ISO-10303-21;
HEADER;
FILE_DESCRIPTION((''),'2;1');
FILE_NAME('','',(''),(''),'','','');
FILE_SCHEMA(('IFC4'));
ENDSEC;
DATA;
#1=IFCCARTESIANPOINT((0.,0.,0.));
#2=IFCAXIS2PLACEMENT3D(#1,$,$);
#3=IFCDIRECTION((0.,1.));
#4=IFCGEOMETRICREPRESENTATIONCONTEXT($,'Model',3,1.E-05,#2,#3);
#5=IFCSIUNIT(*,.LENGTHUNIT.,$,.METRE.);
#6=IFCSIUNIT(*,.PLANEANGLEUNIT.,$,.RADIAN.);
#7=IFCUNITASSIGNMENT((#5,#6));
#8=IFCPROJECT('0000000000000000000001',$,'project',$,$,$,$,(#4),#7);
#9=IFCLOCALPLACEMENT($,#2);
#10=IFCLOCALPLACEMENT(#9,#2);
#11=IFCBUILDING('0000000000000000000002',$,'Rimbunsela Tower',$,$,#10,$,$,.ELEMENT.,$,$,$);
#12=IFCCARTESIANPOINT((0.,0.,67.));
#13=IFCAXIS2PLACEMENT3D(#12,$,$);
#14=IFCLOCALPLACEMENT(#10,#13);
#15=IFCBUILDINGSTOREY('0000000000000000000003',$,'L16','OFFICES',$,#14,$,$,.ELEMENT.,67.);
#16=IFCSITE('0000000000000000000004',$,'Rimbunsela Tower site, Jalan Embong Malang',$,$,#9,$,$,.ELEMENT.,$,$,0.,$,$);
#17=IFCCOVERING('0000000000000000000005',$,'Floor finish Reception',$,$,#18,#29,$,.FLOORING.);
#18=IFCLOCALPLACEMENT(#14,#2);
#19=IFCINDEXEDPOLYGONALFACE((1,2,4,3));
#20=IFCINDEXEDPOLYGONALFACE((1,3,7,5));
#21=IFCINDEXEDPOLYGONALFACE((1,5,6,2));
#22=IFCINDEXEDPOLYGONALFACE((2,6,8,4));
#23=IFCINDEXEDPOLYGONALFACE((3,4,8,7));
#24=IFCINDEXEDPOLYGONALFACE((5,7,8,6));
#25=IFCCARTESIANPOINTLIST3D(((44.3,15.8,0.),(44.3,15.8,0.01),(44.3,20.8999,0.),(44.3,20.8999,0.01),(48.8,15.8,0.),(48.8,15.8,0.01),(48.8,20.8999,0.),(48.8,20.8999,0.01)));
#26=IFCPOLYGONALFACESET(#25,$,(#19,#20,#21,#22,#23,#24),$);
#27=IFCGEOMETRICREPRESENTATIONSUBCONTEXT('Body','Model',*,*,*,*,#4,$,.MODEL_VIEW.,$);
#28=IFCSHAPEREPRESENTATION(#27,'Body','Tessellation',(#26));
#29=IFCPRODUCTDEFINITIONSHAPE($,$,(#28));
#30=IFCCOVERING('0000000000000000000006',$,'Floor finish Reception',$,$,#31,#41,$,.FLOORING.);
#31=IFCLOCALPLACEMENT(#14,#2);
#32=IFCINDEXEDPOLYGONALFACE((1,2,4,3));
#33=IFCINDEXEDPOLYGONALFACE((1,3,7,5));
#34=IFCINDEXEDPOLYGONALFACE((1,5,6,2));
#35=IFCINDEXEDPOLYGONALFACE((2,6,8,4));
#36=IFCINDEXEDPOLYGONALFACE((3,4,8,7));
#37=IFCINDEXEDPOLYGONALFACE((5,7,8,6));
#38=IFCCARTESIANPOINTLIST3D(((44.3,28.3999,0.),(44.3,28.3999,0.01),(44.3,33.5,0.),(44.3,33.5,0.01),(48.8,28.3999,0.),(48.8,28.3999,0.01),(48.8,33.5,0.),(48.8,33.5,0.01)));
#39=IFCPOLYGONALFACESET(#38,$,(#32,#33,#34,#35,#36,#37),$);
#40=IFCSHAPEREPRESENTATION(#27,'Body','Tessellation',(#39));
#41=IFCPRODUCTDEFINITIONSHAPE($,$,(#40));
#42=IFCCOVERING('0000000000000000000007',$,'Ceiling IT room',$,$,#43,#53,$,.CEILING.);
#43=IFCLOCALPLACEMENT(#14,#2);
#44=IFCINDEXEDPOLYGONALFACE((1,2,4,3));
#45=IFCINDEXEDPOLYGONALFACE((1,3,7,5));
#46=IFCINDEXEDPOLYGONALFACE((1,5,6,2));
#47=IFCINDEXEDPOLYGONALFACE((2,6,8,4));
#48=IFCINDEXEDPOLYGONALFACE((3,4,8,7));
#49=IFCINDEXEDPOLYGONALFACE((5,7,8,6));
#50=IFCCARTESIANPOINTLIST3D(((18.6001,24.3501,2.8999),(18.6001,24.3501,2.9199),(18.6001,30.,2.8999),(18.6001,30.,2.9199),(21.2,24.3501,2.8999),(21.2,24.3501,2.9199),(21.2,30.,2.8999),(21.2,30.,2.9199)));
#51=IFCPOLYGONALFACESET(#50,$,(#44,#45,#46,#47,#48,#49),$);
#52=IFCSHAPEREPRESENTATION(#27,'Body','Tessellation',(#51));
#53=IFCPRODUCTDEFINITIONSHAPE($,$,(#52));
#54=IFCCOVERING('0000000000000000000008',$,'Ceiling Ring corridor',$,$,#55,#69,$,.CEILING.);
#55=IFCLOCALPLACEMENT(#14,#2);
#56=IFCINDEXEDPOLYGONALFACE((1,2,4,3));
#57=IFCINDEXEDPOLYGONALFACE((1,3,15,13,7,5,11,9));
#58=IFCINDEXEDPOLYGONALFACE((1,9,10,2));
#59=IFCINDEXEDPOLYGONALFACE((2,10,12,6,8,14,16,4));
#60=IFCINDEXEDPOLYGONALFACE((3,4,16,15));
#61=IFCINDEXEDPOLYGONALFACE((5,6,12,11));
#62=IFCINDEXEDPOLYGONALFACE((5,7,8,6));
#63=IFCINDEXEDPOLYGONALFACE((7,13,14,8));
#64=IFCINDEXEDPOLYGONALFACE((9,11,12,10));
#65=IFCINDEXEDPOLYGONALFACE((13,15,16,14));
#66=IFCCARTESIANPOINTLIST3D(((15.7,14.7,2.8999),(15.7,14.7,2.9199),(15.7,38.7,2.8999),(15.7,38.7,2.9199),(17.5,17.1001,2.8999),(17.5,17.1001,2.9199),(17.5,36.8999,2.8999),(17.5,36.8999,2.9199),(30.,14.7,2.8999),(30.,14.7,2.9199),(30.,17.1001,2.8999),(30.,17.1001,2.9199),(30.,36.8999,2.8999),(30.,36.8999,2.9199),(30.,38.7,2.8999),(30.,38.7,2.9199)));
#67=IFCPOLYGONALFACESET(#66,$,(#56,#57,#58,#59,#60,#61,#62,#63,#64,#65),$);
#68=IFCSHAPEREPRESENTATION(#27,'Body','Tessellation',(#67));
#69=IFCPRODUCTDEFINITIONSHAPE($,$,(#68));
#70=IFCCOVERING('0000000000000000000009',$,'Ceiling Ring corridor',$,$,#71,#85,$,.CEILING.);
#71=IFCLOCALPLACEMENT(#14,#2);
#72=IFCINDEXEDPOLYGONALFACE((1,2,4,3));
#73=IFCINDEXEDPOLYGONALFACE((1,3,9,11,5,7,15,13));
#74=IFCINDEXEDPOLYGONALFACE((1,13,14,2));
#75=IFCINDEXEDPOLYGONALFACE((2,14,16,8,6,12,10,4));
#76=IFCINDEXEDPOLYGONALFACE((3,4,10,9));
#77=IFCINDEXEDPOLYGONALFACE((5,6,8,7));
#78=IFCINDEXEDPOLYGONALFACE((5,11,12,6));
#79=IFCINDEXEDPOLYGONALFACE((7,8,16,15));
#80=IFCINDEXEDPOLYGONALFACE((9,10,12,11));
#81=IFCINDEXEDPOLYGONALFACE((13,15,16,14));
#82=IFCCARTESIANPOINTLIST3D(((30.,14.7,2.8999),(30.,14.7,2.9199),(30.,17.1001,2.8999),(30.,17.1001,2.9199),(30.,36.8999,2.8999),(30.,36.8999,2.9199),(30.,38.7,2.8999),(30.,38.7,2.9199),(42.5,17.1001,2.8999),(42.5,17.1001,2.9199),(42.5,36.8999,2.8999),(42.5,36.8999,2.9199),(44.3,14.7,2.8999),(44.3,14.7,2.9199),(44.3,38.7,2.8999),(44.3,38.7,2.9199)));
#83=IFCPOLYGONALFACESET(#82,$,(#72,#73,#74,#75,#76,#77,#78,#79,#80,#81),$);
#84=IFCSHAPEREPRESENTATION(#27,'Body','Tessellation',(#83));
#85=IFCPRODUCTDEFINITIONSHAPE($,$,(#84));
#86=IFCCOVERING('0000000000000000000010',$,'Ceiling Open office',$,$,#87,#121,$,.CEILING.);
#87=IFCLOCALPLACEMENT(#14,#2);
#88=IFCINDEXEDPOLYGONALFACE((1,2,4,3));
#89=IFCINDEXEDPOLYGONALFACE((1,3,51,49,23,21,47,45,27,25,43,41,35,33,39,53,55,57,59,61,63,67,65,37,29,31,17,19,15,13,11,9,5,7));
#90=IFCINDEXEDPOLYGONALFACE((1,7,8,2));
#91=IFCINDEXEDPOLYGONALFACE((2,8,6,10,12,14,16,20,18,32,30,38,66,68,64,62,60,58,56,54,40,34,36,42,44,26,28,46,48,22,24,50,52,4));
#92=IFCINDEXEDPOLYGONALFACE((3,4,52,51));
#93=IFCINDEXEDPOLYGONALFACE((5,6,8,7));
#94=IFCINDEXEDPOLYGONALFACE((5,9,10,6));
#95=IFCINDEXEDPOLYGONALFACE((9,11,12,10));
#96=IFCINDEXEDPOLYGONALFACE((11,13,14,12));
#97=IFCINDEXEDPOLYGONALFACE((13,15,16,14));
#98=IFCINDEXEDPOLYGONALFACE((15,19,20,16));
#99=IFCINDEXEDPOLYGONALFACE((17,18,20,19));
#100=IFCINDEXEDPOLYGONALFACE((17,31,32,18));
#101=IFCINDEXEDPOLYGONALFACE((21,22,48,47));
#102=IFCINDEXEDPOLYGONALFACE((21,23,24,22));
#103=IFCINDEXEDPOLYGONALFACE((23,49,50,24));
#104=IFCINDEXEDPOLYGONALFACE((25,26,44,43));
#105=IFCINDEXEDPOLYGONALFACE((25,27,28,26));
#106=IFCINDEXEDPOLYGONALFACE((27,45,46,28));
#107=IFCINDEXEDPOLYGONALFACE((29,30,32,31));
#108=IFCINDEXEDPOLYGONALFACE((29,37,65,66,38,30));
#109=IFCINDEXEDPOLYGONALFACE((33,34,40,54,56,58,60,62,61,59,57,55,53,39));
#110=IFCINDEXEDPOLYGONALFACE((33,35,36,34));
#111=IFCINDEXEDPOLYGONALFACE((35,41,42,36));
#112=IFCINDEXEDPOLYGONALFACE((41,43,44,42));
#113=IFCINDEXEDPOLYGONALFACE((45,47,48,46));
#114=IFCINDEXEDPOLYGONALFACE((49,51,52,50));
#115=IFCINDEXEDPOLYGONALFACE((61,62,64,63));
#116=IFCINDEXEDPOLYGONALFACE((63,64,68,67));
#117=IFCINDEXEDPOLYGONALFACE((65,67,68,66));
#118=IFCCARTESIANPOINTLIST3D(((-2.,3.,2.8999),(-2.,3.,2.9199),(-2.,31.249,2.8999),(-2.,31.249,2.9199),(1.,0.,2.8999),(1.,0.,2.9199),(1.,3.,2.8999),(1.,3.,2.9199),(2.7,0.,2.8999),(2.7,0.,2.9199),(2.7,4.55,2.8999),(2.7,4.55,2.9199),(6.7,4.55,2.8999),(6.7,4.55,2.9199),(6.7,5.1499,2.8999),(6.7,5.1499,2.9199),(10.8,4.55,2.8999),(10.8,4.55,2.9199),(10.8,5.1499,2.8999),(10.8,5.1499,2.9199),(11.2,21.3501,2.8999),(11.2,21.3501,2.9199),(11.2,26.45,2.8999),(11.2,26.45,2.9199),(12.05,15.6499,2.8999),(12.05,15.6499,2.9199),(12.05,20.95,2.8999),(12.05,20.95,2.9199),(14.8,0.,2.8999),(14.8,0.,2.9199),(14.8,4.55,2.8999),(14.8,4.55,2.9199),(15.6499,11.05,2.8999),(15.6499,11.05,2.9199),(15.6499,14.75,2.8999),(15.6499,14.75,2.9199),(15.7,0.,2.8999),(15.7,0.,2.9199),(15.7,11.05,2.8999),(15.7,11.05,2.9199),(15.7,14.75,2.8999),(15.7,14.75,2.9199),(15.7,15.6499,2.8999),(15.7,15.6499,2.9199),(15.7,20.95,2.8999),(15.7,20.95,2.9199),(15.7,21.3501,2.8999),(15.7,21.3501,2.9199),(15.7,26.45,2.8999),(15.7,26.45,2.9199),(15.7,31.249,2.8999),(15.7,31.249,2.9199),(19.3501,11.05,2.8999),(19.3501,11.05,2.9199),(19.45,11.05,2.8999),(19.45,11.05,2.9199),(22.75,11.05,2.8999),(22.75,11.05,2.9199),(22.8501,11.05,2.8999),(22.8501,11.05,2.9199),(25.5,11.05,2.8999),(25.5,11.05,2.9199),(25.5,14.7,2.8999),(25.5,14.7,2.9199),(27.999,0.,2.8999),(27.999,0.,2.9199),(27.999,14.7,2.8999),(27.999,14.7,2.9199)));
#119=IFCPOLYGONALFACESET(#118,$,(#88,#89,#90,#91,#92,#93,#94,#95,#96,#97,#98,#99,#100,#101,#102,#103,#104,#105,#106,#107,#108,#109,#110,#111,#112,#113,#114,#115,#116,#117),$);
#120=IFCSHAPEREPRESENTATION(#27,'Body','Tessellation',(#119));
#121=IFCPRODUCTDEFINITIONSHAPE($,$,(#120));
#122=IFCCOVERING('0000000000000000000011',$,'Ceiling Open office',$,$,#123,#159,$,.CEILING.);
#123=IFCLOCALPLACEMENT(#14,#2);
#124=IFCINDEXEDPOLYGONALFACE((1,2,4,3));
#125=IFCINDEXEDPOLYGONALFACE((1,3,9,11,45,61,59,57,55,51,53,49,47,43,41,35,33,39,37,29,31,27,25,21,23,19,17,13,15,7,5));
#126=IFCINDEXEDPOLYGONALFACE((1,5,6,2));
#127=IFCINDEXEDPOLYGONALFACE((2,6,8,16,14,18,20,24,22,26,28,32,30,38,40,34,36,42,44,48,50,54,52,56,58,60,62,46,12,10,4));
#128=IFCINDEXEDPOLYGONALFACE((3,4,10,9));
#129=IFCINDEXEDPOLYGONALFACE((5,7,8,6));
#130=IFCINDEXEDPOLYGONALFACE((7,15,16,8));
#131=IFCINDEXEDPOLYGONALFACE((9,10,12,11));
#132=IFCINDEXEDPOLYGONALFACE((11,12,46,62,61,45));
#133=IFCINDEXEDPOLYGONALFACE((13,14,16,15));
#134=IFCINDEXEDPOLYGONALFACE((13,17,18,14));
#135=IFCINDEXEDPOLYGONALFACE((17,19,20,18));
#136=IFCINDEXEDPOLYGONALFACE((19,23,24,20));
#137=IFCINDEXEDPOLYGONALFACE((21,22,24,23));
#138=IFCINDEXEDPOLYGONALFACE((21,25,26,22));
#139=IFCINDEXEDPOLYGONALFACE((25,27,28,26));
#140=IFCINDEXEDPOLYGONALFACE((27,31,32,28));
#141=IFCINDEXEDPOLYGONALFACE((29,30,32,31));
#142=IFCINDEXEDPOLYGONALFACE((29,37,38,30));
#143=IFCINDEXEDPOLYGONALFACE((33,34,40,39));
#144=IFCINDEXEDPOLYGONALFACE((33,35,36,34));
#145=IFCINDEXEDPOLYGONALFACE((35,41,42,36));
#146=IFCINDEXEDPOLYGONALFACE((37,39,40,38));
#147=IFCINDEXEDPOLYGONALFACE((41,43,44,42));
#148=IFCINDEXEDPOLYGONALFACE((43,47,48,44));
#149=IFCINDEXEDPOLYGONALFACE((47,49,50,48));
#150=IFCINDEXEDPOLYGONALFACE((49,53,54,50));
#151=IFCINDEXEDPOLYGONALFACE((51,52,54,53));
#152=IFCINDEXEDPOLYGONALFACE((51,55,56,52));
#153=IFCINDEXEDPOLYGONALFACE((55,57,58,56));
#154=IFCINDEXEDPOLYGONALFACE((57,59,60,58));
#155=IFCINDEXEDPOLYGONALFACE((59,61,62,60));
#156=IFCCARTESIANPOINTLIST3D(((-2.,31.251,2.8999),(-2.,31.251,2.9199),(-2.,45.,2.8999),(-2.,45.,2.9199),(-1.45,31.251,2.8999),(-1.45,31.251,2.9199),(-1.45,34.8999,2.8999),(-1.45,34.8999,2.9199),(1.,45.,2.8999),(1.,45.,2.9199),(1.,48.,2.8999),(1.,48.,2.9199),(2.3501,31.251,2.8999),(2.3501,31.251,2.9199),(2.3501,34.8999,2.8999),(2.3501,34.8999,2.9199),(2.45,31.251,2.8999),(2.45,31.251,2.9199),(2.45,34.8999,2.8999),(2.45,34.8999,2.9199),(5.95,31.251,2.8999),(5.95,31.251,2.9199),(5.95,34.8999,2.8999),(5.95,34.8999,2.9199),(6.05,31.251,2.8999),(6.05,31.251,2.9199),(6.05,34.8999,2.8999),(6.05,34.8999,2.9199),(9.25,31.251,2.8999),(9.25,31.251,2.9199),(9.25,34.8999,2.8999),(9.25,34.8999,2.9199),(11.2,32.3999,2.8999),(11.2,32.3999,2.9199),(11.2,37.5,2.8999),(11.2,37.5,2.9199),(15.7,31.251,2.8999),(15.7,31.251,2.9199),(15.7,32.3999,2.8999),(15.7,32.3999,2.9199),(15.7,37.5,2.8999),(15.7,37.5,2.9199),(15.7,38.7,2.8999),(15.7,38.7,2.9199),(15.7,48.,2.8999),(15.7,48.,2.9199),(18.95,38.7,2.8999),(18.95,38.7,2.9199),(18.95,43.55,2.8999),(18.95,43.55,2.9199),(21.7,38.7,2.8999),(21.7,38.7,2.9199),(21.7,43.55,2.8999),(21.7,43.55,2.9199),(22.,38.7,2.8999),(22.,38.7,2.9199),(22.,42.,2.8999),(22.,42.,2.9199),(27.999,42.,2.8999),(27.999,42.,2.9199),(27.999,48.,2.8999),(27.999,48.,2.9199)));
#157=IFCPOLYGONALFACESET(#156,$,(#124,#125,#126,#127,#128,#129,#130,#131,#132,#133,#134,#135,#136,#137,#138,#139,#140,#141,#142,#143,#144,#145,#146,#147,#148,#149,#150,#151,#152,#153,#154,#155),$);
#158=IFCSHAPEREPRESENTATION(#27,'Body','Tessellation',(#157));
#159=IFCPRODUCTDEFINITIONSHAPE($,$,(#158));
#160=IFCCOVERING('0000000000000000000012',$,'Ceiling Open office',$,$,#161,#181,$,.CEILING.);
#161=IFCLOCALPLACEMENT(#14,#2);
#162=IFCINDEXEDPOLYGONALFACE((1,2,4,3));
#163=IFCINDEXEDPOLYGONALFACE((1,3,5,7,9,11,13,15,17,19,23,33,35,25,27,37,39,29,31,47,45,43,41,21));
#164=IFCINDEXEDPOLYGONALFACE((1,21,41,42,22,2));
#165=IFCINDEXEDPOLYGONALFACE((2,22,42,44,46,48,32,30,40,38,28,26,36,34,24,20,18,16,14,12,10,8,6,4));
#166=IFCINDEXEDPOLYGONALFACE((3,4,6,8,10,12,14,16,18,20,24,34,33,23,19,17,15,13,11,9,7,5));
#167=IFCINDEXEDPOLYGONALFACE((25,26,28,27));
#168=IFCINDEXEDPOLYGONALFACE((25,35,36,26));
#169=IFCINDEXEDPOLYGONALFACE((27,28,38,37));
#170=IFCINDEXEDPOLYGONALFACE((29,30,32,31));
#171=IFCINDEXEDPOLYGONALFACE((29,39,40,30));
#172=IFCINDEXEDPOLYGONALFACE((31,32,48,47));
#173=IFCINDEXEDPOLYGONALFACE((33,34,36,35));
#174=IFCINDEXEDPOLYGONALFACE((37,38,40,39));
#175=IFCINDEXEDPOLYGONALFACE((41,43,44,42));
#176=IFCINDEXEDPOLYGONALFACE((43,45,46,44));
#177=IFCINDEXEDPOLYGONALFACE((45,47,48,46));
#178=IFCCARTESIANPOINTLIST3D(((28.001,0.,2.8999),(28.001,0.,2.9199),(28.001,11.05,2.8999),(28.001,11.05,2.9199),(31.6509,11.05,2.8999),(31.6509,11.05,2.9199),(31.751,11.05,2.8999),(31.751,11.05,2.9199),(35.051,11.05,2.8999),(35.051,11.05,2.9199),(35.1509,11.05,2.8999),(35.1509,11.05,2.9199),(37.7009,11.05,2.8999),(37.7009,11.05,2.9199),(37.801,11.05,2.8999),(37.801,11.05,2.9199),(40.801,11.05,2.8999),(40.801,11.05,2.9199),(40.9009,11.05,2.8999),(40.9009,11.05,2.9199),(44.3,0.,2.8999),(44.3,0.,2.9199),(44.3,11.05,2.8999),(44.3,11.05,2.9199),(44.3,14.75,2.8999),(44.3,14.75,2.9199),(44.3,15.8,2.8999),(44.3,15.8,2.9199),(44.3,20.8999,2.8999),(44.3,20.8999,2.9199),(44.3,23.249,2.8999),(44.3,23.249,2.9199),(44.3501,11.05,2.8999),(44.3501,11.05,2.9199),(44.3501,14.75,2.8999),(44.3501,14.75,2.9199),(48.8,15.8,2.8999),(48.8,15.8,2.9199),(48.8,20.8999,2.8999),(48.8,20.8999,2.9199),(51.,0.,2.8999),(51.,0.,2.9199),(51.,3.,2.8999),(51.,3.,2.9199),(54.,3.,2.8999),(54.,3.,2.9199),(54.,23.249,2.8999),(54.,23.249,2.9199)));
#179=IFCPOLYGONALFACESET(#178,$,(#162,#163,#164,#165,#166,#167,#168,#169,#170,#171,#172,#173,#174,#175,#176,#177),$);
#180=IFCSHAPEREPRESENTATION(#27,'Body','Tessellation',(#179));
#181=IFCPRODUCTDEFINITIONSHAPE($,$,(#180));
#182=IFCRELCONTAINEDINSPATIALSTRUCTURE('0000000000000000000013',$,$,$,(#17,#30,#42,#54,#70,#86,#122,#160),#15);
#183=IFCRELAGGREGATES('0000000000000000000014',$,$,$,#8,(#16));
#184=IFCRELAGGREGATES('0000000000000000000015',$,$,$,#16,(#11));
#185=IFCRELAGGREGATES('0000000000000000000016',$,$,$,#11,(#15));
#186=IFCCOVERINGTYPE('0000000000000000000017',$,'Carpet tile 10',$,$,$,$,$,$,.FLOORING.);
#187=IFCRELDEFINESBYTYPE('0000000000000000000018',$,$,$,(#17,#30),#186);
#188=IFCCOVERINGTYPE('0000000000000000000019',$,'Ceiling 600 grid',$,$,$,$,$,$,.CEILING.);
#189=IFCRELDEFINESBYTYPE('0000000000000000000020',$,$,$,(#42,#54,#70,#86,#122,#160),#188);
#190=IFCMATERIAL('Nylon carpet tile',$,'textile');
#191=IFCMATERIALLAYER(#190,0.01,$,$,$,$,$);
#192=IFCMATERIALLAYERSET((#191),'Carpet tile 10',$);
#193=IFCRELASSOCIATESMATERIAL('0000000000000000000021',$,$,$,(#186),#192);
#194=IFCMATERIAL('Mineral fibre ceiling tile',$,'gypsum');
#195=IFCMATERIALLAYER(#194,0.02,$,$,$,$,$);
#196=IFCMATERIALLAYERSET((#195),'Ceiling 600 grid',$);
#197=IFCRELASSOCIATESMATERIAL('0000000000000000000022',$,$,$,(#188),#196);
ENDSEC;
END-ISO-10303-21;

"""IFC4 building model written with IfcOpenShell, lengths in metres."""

from ifc_helpers import new_model, si_unit, direction, frame, origin, place, context, subcontext, project, spatial, polyline, outline, extrude, material, layer, layer_set, type_object, element, save


model = new_model("IFC4")

# Units and contexts
model_context = context("Model", 3, precision=1e-05, world=origin(), true_north=direction((0.0, 1.0)))
body_context = subcontext(model_context, "Body", "Model", "MODEL_VIEW")
ifc_project = project(units=[si_unit("LENGTHUNIT", "METRE"), si_unit("PLANEANGLEUNIT", "RADIAN")], contexts=[model_context])

# Site, building, storey
site_placement = place(None, origin())
site = spatial("IfcSite", under=ifc_project, at=site_placement, Name="Rimbunsela Tower site, Jalan Embong Malang", CompositionType="ELEMENT", RefElevation=0.0)
building_placement = place(site_placement, origin())
building = spatial("IfcBuilding", under=site, at=building_placement, Name="Rimbunsela Tower", CompositionType="ELEMENT")
storey_placement = place(building_placement, frame((0.0, 0.0, 67.0)))
storey = spatial("IfcBuildingStorey", under=building, at=storey_placement, Name="L16", Description="OFFICES", CompositionType="ELEMENT", Elevation=67.0)

# Coverings
ifc_material_1 = material(Name="Nylon carpet tile", Category="textile")
ifc_layer_1 = layer(ifc_material_1, 0.01)
ifc_layer_set_1 = layer_set([ifc_layer_1], Name="Carpet tile 10")
covering_type_1 = type_object("IfcCoveringType", Name="Carpet tile 10", PredefinedType="FLOORING", material=ifc_layer_set_1)
covering_1_placement = place(storey_placement, origin())
element("IfcCovering", 1, at=covering_1_placement, inside=storey, type_object=covering_type_1, Name="Floor finish Reception", PredefinedType="FLOORING", context=body_context, shape_type="SweptSolid", body=[
    extrude(outline(polyline([(48.8, 15.8), (48.8, 20.8999), (44.3, 20.8999), (44.3, 15.8), (48.8, 15.8)])), origin(), (0.0, 0.0, 1.0), 0.01),
])
covering_2_placement = place(storey_placement, origin())
element("IfcCovering", 2, at=covering_2_placement, inside=storey, type_object=covering_type_1, Name="Floor finish Reception", PredefinedType="FLOORING", context=body_context, shape_type="SweptSolid", body=[
    extrude(outline(polyline([(48.8, 28.3999), (48.8, 33.5), (44.3, 33.5), (44.3, 28.3999), (48.8, 28.3999)])), origin(), (0.0, 0.0, 1.0), 0.01),
])
ifc_material_2 = material(Name="Mineral fibre ceiling tile", Category="gypsum")
ifc_layer_2 = layer(ifc_material_2, 0.02)
ifc_layer_set_2 = layer_set([ifc_layer_2], Name="Ceiling 600 grid")
covering_type_2 = type_object("IfcCoveringType", Name="Ceiling 600 grid", PredefinedType="CEILING", material=ifc_layer_set_2)
covering_3_placement = place(storey_placement, frame((0.0, 0.0, 2.8999)))
element("IfcCovering", 3, at=covering_3_placement, inside=storey, type_object=covering_type_2, Name="Ceiling IT room", PredefinedType="CEILING", context=body_context, shape_type="SweptSolid", body=[
    extrude(outline(polyline([(21.2, 24.3501), (21.2, 30.0), (18.6001, 30.0), (18.6001, 24.3501), (21.2, 24.3501)])), origin(), (0.0, 0.0, 1.0), 0.02),
])
covering_4_placement = place(storey_placement, frame((0.0, 0.0, 2.8999)))
element("IfcCovering", 4, at=covering_4_placement, inside=storey, type_object=covering_type_2, Name="Ceiling Ring corridor", PredefinedType="CEILING", context=body_context, shape_type="SweptSolid", body=[
    extrude(outline(polyline([(15.7, 38.7), (30.0, 38.7), (30.0, 36.8999), (17.5, 36.8999), (17.5, 17.1001), (30.0, 17.1001), (30.0, 14.7), (15.7, 14.7), (15.7, 38.7)])), origin(), (0.0, 0.0, 1.0), 0.02),
])
covering_5_placement = place(storey_placement, frame((0.0, 0.0, 2.8999)))
element("IfcCovering", 5, at=covering_5_placement, inside=storey, type_object=covering_type_2, Name="Ceiling Ring corridor", PredefinedType="CEILING", context=body_context, shape_type="SweptSolid", body=[
    extrude(outline(polyline([(44.3, 38.7), (44.3, 14.7), (30.0, 14.7), (30.0, 17.1001), (42.5, 17.1001), (42.5, 36.8999), (30.0, 36.8999), (30.0, 38.7), (44.3, 38.7)])), origin(), (0.0, 0.0, 1.0), 0.02),
])
covering_6_placement = place(storey_placement, frame((0.0, 0.0, 2.8999)))
element("IfcCovering", 6, at=covering_6_placement, inside=storey, type_object=covering_type_2, Name="Ceiling Open office", PredefinedType="CEILING", context=body_context, shape_type="SweptSolid", body=[
    extrude(outline(polyline([(19.45, 11.05), (22.75, 11.05), (22.8501, 11.05), (25.5, 11.05), (25.5, 14.7), (27.999, 14.7), (27.999, 0.0), (15.7, 0.0), (14.8, 0.0), (14.8, 4.55), (10.8, 4.55), (10.8, 5.1499), (6.7, 5.1499), (6.7, 4.55), (2.7, 4.55), (2.7, 0.0), (1.0, 0.0), (1.0, 3.0), (-2.0, 3.0), (-2.0, 31.249), (15.7, 31.249), (15.7, 26.45), (11.2, 26.45), (11.2, 21.3501), (15.7, 21.3501), (15.7, 20.95), (12.05, 20.95), (12.05, 15.6499), (15.7, 15.6499), (15.7, 14.75), (15.6499, 14.75), (15.6499, 11.05), (15.7, 11.05), (19.3501, 11.05), (19.45, 11.05)])), origin(), (0.0, 0.0, 1.0), 0.02),
])
covering_7_placement = place(storey_placement, frame((0.0, 0.0, 2.8999)))
element("IfcCovering", 7, at=covering_7_placement, inside=storey, type_object=covering_type_2, Name="Ceiling Open office", PredefinedType="CEILING", context=body_context, shape_type="SweptSolid", body=[
    extrude(outline(polyline([(11.2, 37.5), (11.2, 32.3999), (15.7, 32.3999), (15.7, 31.251), (9.25, 31.251), (9.25, 34.8999), (6.05, 34.8999), (6.05, 31.251), (5.95, 31.251), (5.95, 34.8999), (2.45, 34.8999), (2.45, 31.251), (2.3501, 31.251), (2.3501, 34.8999), (-1.45, 34.8999), (-1.45, 31.251), (-2.0, 31.251), (-2.0, 45.0), (1.0, 45.0), (1.0, 48.0), (15.7, 48.0), (27.999, 48.0), (27.999, 42.0), (22.0, 42.0), (22.0, 38.7), (21.7, 38.7), (21.7, 43.55), (18.95, 43.55), (18.95, 38.7), (15.7, 38.7), (15.7, 37.5), (11.2, 37.5)])), origin(), (0.0, 0.0, 1.0), 0.02),
])
covering_8_placement = place(storey_placement, frame((0.0, 0.0, 2.8999)))
element("IfcCovering", 8, at=covering_8_placement, inside=storey, type_object=covering_type_2, Name="Ceiling Open office", PredefinedType="CEILING", context=body_context, shape_type="SweptSolid", body=[
    extrude(outline(polyline([(28.001, 11.05), (31.6509, 11.05), (31.751, 11.05), (35.051, 11.05), (35.1509, 11.05), (37.7009, 11.05), (37.801, 11.05), (40.801, 11.05), (40.9009, 11.05), (44.3, 11.05), (44.3501, 11.05), (44.3501, 14.75), (44.3, 14.75), (44.3, 15.8), (48.8, 15.8), (48.8, 20.8999), (44.3, 20.8999), (44.3, 23.249), (54.0, 23.249), (54.0, 3.0), (51.0, 3.0), (51.0, 0.0), (44.3, 0.0), (28.001, 0.0), (28.001, 11.05)])), origin(), (0.0, 0.0, 1.0), 0.02),
])

save(model, "model.ifc")
